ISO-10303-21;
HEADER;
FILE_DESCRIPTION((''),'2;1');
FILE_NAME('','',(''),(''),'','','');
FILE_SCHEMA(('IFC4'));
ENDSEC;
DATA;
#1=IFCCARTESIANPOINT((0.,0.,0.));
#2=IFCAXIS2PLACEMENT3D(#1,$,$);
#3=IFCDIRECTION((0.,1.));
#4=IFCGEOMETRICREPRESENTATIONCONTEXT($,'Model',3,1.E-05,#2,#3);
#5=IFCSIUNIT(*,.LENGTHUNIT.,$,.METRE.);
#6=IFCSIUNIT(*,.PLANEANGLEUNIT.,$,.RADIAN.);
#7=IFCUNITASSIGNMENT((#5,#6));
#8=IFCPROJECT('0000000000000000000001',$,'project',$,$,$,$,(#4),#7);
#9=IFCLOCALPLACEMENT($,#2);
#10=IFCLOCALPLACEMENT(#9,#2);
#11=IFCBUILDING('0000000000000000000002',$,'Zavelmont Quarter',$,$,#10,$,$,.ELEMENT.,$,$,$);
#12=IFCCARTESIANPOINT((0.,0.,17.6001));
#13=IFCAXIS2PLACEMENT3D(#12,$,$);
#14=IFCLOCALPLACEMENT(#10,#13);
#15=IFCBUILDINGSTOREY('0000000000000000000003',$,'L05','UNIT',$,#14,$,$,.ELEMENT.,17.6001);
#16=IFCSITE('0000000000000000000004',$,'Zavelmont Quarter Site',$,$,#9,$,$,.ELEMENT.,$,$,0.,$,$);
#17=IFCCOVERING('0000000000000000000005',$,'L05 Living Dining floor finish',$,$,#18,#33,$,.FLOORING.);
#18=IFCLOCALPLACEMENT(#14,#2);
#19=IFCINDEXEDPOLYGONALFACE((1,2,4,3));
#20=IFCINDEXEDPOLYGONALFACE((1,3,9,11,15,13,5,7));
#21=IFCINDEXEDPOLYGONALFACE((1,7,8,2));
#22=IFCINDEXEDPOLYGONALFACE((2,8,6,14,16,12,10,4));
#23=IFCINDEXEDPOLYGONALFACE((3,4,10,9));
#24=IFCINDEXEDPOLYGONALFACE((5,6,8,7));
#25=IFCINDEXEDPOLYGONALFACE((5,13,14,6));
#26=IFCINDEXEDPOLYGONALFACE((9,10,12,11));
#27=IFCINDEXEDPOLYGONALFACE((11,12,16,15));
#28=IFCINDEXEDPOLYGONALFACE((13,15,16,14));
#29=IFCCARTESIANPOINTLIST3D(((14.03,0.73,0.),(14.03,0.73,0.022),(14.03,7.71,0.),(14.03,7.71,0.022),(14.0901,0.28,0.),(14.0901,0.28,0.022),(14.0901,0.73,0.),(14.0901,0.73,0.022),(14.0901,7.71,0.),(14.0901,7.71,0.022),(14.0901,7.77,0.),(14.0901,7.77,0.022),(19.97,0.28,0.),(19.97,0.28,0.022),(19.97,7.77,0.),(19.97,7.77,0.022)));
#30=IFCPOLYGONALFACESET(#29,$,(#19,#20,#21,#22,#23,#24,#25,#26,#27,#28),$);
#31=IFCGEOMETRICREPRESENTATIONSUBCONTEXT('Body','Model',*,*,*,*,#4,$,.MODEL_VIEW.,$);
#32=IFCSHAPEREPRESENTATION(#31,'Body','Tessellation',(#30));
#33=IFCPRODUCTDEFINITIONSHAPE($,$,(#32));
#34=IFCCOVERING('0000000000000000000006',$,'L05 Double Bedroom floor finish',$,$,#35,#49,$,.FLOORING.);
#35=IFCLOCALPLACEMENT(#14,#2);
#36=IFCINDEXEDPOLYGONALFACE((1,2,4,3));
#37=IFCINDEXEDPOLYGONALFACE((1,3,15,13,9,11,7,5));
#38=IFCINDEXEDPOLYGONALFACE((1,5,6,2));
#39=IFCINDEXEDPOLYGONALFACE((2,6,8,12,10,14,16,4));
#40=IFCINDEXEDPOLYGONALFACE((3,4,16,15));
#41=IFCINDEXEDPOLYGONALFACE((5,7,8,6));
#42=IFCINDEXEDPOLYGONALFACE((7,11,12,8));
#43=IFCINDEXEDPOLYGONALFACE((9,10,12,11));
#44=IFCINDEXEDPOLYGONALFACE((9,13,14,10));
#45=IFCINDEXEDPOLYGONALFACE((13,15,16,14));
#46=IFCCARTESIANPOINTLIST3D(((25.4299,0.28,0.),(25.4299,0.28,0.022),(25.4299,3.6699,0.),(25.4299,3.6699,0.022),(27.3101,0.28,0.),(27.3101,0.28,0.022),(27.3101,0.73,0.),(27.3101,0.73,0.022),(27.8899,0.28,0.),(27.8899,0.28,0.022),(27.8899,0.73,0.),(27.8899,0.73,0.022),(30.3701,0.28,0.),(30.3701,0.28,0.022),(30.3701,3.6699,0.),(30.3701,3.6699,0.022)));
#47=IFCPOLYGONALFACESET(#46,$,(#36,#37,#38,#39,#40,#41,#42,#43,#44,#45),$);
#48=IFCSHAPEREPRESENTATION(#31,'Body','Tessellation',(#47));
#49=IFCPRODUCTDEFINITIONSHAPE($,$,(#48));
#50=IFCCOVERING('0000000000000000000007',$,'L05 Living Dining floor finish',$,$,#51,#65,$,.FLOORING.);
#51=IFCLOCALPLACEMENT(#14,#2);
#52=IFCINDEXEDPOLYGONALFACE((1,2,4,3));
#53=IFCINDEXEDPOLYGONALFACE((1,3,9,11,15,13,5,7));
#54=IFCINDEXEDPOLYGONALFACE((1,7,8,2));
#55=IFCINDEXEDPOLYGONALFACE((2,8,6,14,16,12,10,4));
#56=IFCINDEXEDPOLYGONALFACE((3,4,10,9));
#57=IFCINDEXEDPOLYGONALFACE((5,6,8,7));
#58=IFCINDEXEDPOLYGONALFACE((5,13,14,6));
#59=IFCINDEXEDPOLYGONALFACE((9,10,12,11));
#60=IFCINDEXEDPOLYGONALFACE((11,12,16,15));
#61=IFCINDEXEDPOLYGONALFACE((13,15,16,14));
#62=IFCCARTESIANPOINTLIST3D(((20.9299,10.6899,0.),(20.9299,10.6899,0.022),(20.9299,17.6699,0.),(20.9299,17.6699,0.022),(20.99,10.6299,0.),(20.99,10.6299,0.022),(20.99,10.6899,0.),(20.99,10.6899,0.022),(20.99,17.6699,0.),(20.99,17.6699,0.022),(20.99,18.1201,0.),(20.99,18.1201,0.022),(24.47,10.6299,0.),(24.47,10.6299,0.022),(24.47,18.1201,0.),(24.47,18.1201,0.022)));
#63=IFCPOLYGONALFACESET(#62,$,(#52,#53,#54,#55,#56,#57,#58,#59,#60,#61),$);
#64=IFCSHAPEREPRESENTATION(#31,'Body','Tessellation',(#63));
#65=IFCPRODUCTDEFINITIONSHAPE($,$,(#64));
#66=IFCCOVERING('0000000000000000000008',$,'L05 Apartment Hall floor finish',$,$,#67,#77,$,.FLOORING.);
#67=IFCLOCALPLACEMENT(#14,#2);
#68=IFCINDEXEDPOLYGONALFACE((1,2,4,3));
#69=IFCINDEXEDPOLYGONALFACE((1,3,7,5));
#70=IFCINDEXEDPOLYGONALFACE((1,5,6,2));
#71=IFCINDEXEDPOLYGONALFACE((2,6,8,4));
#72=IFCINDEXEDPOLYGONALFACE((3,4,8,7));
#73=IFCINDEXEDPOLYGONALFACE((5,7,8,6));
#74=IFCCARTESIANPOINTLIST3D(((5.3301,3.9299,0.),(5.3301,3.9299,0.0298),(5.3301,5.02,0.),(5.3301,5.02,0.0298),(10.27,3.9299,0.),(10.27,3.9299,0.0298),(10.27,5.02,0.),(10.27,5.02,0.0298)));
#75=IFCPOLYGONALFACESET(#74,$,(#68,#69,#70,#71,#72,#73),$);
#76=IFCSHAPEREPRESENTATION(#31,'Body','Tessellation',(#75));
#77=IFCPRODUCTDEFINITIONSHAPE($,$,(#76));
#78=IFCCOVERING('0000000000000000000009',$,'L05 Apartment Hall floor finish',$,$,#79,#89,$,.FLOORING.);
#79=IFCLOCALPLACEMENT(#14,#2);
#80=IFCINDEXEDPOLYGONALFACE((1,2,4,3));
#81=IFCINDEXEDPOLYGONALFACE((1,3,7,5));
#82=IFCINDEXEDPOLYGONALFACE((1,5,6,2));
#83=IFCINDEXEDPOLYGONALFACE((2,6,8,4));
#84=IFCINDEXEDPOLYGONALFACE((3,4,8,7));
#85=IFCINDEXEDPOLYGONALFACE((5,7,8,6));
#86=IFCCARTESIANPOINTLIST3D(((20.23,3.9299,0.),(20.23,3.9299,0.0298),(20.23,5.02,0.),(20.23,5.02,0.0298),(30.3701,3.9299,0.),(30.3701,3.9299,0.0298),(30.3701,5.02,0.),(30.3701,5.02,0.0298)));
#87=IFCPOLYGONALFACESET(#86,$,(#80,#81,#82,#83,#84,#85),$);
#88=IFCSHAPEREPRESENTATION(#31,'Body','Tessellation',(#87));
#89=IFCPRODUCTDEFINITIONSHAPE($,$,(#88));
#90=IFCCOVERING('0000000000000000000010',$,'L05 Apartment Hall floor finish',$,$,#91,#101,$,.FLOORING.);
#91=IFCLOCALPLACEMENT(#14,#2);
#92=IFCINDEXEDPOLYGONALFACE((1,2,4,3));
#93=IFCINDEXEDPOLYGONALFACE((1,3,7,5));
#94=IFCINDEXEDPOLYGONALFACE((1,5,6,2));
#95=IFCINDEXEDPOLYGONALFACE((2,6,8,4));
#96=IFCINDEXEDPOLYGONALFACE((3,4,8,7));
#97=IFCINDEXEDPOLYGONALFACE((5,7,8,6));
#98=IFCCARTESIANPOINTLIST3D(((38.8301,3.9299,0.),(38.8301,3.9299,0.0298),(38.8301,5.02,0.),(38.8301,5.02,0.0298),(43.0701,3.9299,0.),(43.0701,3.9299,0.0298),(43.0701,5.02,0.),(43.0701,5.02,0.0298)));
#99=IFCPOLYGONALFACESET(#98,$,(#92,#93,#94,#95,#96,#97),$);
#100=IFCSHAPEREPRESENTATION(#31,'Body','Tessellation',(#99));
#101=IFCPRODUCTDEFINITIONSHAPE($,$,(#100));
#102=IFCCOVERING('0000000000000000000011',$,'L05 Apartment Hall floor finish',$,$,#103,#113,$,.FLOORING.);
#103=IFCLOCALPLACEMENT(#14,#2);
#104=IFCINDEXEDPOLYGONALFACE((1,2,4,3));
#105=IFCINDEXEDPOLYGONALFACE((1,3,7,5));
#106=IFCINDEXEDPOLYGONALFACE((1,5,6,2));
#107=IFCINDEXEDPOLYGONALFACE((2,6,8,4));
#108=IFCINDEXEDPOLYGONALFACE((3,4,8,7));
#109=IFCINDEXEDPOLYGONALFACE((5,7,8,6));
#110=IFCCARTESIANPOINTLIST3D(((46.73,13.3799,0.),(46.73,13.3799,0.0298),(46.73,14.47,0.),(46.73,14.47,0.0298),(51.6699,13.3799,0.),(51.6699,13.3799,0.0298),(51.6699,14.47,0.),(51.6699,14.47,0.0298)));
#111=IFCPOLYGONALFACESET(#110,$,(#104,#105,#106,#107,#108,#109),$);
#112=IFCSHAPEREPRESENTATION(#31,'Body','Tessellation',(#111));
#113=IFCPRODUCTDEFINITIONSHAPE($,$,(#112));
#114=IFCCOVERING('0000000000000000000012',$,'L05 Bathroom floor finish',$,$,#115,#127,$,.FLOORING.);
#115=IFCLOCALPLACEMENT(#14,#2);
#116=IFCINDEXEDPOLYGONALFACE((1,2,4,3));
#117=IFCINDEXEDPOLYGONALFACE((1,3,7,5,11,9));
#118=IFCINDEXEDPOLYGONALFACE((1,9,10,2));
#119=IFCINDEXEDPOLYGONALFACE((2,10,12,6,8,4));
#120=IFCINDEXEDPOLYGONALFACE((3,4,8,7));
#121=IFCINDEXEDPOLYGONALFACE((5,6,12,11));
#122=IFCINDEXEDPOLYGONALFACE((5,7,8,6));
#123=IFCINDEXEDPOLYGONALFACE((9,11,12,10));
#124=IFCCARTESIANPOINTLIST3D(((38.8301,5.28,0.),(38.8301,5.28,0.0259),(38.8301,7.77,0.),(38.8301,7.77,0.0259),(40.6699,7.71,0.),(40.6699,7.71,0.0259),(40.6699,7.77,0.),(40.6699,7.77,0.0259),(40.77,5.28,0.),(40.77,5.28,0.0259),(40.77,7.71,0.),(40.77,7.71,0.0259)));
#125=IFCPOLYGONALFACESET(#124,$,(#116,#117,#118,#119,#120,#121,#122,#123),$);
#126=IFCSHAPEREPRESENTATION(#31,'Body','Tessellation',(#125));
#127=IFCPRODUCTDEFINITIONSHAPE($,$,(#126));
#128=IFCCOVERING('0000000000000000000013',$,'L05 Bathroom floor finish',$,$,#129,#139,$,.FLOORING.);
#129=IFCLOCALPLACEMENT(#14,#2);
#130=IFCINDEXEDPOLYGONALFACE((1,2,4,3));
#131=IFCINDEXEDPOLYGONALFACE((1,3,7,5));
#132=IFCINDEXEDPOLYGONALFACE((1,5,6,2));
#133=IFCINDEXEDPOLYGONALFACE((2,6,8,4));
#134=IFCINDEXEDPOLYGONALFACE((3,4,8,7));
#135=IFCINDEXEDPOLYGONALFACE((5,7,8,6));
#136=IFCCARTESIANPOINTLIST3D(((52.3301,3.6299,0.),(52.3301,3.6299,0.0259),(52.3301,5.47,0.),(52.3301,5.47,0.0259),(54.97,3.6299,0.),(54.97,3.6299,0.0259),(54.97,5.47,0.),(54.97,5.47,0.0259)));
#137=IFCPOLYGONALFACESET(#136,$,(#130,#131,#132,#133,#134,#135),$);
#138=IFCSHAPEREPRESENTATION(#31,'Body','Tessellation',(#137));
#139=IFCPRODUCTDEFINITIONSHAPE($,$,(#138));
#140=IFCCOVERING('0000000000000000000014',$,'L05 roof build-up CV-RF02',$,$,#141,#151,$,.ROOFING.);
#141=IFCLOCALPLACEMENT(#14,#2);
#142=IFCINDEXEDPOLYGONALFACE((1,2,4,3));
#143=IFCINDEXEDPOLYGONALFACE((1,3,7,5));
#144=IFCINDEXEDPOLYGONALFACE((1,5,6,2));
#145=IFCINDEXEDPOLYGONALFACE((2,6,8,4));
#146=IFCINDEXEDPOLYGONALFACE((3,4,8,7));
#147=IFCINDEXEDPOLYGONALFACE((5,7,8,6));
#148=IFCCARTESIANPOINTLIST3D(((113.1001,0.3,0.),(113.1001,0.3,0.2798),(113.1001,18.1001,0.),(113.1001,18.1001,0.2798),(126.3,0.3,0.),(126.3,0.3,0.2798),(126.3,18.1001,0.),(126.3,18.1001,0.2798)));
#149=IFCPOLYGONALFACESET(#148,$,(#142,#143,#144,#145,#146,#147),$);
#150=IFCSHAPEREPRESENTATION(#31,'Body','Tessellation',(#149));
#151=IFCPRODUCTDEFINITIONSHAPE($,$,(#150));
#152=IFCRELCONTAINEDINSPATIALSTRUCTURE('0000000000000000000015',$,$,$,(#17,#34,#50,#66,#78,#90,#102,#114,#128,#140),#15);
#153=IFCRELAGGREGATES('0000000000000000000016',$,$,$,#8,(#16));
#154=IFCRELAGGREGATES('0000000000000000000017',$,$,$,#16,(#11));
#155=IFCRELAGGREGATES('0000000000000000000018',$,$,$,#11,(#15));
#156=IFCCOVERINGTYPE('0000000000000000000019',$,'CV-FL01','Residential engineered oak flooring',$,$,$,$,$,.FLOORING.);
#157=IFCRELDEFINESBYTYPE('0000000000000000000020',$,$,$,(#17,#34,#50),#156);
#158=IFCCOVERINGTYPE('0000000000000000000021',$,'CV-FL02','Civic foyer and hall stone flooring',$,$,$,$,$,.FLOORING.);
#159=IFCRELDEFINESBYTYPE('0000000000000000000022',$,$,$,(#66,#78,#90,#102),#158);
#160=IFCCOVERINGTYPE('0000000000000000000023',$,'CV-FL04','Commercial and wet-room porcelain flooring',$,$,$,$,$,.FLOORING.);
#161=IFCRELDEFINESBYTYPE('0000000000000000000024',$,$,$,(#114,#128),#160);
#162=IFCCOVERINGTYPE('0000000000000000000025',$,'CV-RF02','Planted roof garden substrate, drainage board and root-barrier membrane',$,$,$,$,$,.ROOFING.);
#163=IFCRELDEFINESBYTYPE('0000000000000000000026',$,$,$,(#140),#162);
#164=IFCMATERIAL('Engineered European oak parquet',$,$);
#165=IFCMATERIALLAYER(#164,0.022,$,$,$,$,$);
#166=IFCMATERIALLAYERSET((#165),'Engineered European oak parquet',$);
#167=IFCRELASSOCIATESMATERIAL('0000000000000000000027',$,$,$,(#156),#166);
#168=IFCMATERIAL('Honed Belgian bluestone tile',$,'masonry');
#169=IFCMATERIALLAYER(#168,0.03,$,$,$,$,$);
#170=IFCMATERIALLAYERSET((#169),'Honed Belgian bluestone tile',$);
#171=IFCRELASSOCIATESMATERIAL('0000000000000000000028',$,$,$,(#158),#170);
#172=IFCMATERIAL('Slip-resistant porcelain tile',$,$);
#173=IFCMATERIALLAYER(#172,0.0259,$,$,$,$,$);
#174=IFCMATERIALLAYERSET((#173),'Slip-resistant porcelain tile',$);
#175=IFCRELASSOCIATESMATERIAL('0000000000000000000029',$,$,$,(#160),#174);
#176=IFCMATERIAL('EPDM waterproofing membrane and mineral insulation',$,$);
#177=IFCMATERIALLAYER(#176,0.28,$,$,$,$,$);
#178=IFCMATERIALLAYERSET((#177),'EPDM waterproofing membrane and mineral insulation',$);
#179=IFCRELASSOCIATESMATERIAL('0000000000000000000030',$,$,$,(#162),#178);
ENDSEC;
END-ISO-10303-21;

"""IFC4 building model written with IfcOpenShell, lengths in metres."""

from ifc_helpers import new_model, si_unit, direction, frame, origin, place, context, subcontext, project, spatial, polyline, outline, extrude, material, layer, layer_set, type_object, element, save


model = new_model("IFC4")

# Units and contexts
model_context = context("Model", 3, precision=1e-05, world=origin(), true_north=direction((0.0, 1.0)))
body_context = subcontext(model_context, "Body", "Model", "MODEL_VIEW")
ifc_project = project(units=[si_unit("LENGTHUNIT", "METRE"), si_unit("PLANEANGLEUNIT", "RADIAN")], contexts=[model_context])

# Site, building, storey
site_placement = place(None, origin())
site = spatial("IfcSite", under=ifc_project, at=site_placement, Name="Zavelmont Quarter Site", CompositionType="ELEMENT", RefElevation=0.0)
building_placement = place(site_placement, origin())
building = spatial("IfcBuilding", under=site, at=building_placement, Name="Zavelmont Quarter", CompositionType="ELEMENT")
storey_placement = place(building_placement, frame((0.0, 0.0, 17.6001)))
storey = spatial("IfcBuildingStorey", under=building, at=storey_placement, Name="L05", Description="UNIT", CompositionType="ELEMENT", Elevation=17.6001)

# Coverings
ifc_material_1 = material(Name="Engineered European oak parquet")
ifc_layer_1 = layer(ifc_material_1, 0.022)
ifc_layer_set_1 = layer_set([ifc_layer_1], Name="Engineered European oak parquet")
covering_type_1 = type_object("IfcCoveringType", Name="CV-FL01", Description="Residential engineered oak flooring", PredefinedType="FLOORING", material=ifc_layer_set_1)
covering_1_placement = place(storey_placement, origin())
element("IfcCovering", 1, at=covering_1_placement, inside=storey, type_object=covering_type_1, Name="L05 Living Dining floor finish", PredefinedType="FLOORING", context=body_context, shape_type="SweptSolid", body=[
    extrude(outline(polyline([(14.03, 7.71), (14.0901, 7.71), (14.0901, 7.77), (19.97, 7.77), (19.97, 0.28), (14.0901, 0.28), (14.0901, 0.73), (14.03, 0.73), (14.03, 7.71)])), origin(), (0.0, 0.0, 1.0), 0.022),
])
covering_2_placement = place(storey_placement, origin())
element("IfcCovering", 2, at=covering_2_placement, inside=storey, type_object=covering_type_1, Name="L05 Double Bedroom floor finish", PredefinedType="FLOORING", context=body_context, shape_type="SweptSolid", body=[
    extrude(outline(polyline([(25.4299, 3.6699), (30.3701, 3.6699), (30.3701, 0.28), (27.8899, 0.28), (27.8899, 0.73), (27.3101, 0.73), (27.3101, 0.28), (25.4299, 0.28), (25.4299, 3.6699)])), origin(), (0.0, 0.0, 1.0), 0.022),
])
covering_3_placement = place(storey_placement, origin())
element("IfcCovering", 3, at=covering_3_placement, inside=storey, type_object=covering_type_1, Name="L05 Living Dining floor finish", PredefinedType="FLOORING", context=body_context, shape_type="SweptSolid", body=[
    extrude(outline(polyline([(20.9299, 17.6699), (20.99, 17.6699), (20.99, 18.1201), (24.47, 18.1201), (24.47, 10.6299), (20.99, 10.6299), (20.99, 10.6899), (20.9299, 10.6899), (20.9299, 17.6699)])), origin(), (0.0, 0.0, 1.0), 0.022),
])
ifc_material_2 = material(Name="Honed Belgian bluestone tile", Category="masonry")
ifc_layer_2 = layer(ifc_material_2, 0.03)
ifc_layer_set_2 = layer_set([ifc_layer_2], Name="Honed Belgian bluestone tile")
covering_type_2 = type_object("IfcCoveringType", Name="CV-FL02", Description="Civic foyer and hall stone flooring", PredefinedType="FLOORING", material=ifc_layer_set_2)
covering_4_placement = place(storey_placement, origin())
element("IfcCovering", 4, at=covering_4_placement, inside=storey, type_object=covering_type_2, Name="L05 Apartment Hall floor finish", PredefinedType="FLOORING", context=body_context, shape_type="SweptSolid", body=[
    extrude(outline(polyline([(5.3301, 5.02), (10.27, 5.02), (10.27, 3.9299), (5.3301, 3.9299), (5.3301, 5.02)])), origin(), (0.0, 0.0, 1.0), 0.0298),
])
covering_5_placement = place(storey_placement, origin())
element("IfcCovering", 5, at=covering_5_placement, inside=storey, type_object=covering_type_2, Name="L05 Apartment Hall floor finish", PredefinedType="FLOORING", context=body_context, shape_type="SweptSolid", body=[
    extrude(outline(polyline([(20.23, 5.02), (30.3701, 5.02), (30.3701, 3.9299), (20.23, 3.9299), (20.23, 5.02)])), origin(), (0.0, 0.0, 1.0), 0.0298),
])
covering_6_placement = place(storey_placement, origin())
element("IfcCovering", 6, at=covering_6_placement, inside=storey, type_object=covering_type_2, Name="L05 Apartment Hall floor finish", PredefinedType="FLOORING", context=body_context, shape_type="SweptSolid", body=[
    extrude(outline(polyline([(38.8301, 5.02), (43.0701, 5.02), (43.0701, 3.9299), (38.8301, 3.9299), (38.8301, 5.02)])), origin(), (0.0, 0.0, 1.0), 0.0298),
])
covering_7_placement = place(storey_placement, origin())
element("IfcCovering", 7, at=covering_7_placement, inside=storey, type_object=covering_type_2, Name="L05 Apartment Hall floor finish", PredefinedType="FLOORING", context=body_context, shape_type="SweptSolid", body=[
    extrude(outline(polyline([(46.73, 14.47), (51.6699, 14.47), (51.6699, 13.3799), (46.73, 13.3799), (46.73, 14.47)])), origin(), (0.0, 0.0, 1.0), 0.0298),
])
ifc_material_3 = material(Name="Slip-resistant porcelain tile")
ifc_layer_3 = layer(ifc_material_3, 0.0259)
ifc_layer_set_3 = layer_set([ifc_layer_3], Name="Slip-resistant porcelain tile")
covering_type_3 = type_object("IfcCoveringType", Name="CV-FL04", Description="Commercial and wet-room porcelain flooring", PredefinedType="FLOORING", material=ifc_layer_set_3)
covering_8_placement = place(storey_placement, origin())
element("IfcCovering", 8, at=covering_8_placement, inside=storey, type_object=covering_type_3, Name="L05 Bathroom floor finish", PredefinedType="FLOORING", context=body_context, shape_type="SweptSolid", body=[
    extrude(outline(polyline([(38.8301, 7.77), (40.6699, 7.77), (40.6699, 7.71), (40.77, 7.71), (40.77, 5.28), (38.8301, 5.28), (38.8301, 7.77)])), origin(), (0.0, 0.0, 1.0), 0.0259),
])
covering_9_placement = place(storey_placement, origin())
element("IfcCovering", 9, at=covering_9_placement, inside=storey, type_object=covering_type_3, Name="L05 Bathroom floor finish", PredefinedType="FLOORING", context=body_context, shape_type="SweptSolid", body=[
    extrude(outline(polyline([(52.3301, 5.47), (54.97, 5.47), (54.97, 3.6299), (52.3301, 3.6299), (52.3301, 5.47)])), origin(), (0.0, 0.0, 1.0), 0.0259),
])
ifc_material_4 = material(Name="EPDM waterproofing membrane and mineral insulation")
ifc_layer_4 = layer(ifc_material_4, 0.28)
ifc_layer_set_4 = layer_set([ifc_layer_4], Name="EPDM waterproofing membrane and mineral insulation")
covering_type_4 = type_object("IfcCoveringType", Name="CV-RF02", Description="Planted roof garden substrate, drainage board and root-barrier membrane", PredefinedType="ROOFING", material=ifc_layer_set_4)
covering_10_placement = place(storey_placement, origin())
element("IfcCovering", 10, at=covering_10_placement, inside=storey, type_object=covering_type_4, Name="L05 roof build-up CV-RF02", PredefinedType="ROOFING", context=body_context, shape_type="SweptSolid", body=[
    extrude(outline(polyline([(113.1001, 0.3), (126.3, 0.3), (126.3, 18.1001), (113.1001, 18.1001), (113.1001, 0.3)])), origin(), (0.0, 0.0, 1.0), 0.2798),
])

save(model, "model.ifc")
